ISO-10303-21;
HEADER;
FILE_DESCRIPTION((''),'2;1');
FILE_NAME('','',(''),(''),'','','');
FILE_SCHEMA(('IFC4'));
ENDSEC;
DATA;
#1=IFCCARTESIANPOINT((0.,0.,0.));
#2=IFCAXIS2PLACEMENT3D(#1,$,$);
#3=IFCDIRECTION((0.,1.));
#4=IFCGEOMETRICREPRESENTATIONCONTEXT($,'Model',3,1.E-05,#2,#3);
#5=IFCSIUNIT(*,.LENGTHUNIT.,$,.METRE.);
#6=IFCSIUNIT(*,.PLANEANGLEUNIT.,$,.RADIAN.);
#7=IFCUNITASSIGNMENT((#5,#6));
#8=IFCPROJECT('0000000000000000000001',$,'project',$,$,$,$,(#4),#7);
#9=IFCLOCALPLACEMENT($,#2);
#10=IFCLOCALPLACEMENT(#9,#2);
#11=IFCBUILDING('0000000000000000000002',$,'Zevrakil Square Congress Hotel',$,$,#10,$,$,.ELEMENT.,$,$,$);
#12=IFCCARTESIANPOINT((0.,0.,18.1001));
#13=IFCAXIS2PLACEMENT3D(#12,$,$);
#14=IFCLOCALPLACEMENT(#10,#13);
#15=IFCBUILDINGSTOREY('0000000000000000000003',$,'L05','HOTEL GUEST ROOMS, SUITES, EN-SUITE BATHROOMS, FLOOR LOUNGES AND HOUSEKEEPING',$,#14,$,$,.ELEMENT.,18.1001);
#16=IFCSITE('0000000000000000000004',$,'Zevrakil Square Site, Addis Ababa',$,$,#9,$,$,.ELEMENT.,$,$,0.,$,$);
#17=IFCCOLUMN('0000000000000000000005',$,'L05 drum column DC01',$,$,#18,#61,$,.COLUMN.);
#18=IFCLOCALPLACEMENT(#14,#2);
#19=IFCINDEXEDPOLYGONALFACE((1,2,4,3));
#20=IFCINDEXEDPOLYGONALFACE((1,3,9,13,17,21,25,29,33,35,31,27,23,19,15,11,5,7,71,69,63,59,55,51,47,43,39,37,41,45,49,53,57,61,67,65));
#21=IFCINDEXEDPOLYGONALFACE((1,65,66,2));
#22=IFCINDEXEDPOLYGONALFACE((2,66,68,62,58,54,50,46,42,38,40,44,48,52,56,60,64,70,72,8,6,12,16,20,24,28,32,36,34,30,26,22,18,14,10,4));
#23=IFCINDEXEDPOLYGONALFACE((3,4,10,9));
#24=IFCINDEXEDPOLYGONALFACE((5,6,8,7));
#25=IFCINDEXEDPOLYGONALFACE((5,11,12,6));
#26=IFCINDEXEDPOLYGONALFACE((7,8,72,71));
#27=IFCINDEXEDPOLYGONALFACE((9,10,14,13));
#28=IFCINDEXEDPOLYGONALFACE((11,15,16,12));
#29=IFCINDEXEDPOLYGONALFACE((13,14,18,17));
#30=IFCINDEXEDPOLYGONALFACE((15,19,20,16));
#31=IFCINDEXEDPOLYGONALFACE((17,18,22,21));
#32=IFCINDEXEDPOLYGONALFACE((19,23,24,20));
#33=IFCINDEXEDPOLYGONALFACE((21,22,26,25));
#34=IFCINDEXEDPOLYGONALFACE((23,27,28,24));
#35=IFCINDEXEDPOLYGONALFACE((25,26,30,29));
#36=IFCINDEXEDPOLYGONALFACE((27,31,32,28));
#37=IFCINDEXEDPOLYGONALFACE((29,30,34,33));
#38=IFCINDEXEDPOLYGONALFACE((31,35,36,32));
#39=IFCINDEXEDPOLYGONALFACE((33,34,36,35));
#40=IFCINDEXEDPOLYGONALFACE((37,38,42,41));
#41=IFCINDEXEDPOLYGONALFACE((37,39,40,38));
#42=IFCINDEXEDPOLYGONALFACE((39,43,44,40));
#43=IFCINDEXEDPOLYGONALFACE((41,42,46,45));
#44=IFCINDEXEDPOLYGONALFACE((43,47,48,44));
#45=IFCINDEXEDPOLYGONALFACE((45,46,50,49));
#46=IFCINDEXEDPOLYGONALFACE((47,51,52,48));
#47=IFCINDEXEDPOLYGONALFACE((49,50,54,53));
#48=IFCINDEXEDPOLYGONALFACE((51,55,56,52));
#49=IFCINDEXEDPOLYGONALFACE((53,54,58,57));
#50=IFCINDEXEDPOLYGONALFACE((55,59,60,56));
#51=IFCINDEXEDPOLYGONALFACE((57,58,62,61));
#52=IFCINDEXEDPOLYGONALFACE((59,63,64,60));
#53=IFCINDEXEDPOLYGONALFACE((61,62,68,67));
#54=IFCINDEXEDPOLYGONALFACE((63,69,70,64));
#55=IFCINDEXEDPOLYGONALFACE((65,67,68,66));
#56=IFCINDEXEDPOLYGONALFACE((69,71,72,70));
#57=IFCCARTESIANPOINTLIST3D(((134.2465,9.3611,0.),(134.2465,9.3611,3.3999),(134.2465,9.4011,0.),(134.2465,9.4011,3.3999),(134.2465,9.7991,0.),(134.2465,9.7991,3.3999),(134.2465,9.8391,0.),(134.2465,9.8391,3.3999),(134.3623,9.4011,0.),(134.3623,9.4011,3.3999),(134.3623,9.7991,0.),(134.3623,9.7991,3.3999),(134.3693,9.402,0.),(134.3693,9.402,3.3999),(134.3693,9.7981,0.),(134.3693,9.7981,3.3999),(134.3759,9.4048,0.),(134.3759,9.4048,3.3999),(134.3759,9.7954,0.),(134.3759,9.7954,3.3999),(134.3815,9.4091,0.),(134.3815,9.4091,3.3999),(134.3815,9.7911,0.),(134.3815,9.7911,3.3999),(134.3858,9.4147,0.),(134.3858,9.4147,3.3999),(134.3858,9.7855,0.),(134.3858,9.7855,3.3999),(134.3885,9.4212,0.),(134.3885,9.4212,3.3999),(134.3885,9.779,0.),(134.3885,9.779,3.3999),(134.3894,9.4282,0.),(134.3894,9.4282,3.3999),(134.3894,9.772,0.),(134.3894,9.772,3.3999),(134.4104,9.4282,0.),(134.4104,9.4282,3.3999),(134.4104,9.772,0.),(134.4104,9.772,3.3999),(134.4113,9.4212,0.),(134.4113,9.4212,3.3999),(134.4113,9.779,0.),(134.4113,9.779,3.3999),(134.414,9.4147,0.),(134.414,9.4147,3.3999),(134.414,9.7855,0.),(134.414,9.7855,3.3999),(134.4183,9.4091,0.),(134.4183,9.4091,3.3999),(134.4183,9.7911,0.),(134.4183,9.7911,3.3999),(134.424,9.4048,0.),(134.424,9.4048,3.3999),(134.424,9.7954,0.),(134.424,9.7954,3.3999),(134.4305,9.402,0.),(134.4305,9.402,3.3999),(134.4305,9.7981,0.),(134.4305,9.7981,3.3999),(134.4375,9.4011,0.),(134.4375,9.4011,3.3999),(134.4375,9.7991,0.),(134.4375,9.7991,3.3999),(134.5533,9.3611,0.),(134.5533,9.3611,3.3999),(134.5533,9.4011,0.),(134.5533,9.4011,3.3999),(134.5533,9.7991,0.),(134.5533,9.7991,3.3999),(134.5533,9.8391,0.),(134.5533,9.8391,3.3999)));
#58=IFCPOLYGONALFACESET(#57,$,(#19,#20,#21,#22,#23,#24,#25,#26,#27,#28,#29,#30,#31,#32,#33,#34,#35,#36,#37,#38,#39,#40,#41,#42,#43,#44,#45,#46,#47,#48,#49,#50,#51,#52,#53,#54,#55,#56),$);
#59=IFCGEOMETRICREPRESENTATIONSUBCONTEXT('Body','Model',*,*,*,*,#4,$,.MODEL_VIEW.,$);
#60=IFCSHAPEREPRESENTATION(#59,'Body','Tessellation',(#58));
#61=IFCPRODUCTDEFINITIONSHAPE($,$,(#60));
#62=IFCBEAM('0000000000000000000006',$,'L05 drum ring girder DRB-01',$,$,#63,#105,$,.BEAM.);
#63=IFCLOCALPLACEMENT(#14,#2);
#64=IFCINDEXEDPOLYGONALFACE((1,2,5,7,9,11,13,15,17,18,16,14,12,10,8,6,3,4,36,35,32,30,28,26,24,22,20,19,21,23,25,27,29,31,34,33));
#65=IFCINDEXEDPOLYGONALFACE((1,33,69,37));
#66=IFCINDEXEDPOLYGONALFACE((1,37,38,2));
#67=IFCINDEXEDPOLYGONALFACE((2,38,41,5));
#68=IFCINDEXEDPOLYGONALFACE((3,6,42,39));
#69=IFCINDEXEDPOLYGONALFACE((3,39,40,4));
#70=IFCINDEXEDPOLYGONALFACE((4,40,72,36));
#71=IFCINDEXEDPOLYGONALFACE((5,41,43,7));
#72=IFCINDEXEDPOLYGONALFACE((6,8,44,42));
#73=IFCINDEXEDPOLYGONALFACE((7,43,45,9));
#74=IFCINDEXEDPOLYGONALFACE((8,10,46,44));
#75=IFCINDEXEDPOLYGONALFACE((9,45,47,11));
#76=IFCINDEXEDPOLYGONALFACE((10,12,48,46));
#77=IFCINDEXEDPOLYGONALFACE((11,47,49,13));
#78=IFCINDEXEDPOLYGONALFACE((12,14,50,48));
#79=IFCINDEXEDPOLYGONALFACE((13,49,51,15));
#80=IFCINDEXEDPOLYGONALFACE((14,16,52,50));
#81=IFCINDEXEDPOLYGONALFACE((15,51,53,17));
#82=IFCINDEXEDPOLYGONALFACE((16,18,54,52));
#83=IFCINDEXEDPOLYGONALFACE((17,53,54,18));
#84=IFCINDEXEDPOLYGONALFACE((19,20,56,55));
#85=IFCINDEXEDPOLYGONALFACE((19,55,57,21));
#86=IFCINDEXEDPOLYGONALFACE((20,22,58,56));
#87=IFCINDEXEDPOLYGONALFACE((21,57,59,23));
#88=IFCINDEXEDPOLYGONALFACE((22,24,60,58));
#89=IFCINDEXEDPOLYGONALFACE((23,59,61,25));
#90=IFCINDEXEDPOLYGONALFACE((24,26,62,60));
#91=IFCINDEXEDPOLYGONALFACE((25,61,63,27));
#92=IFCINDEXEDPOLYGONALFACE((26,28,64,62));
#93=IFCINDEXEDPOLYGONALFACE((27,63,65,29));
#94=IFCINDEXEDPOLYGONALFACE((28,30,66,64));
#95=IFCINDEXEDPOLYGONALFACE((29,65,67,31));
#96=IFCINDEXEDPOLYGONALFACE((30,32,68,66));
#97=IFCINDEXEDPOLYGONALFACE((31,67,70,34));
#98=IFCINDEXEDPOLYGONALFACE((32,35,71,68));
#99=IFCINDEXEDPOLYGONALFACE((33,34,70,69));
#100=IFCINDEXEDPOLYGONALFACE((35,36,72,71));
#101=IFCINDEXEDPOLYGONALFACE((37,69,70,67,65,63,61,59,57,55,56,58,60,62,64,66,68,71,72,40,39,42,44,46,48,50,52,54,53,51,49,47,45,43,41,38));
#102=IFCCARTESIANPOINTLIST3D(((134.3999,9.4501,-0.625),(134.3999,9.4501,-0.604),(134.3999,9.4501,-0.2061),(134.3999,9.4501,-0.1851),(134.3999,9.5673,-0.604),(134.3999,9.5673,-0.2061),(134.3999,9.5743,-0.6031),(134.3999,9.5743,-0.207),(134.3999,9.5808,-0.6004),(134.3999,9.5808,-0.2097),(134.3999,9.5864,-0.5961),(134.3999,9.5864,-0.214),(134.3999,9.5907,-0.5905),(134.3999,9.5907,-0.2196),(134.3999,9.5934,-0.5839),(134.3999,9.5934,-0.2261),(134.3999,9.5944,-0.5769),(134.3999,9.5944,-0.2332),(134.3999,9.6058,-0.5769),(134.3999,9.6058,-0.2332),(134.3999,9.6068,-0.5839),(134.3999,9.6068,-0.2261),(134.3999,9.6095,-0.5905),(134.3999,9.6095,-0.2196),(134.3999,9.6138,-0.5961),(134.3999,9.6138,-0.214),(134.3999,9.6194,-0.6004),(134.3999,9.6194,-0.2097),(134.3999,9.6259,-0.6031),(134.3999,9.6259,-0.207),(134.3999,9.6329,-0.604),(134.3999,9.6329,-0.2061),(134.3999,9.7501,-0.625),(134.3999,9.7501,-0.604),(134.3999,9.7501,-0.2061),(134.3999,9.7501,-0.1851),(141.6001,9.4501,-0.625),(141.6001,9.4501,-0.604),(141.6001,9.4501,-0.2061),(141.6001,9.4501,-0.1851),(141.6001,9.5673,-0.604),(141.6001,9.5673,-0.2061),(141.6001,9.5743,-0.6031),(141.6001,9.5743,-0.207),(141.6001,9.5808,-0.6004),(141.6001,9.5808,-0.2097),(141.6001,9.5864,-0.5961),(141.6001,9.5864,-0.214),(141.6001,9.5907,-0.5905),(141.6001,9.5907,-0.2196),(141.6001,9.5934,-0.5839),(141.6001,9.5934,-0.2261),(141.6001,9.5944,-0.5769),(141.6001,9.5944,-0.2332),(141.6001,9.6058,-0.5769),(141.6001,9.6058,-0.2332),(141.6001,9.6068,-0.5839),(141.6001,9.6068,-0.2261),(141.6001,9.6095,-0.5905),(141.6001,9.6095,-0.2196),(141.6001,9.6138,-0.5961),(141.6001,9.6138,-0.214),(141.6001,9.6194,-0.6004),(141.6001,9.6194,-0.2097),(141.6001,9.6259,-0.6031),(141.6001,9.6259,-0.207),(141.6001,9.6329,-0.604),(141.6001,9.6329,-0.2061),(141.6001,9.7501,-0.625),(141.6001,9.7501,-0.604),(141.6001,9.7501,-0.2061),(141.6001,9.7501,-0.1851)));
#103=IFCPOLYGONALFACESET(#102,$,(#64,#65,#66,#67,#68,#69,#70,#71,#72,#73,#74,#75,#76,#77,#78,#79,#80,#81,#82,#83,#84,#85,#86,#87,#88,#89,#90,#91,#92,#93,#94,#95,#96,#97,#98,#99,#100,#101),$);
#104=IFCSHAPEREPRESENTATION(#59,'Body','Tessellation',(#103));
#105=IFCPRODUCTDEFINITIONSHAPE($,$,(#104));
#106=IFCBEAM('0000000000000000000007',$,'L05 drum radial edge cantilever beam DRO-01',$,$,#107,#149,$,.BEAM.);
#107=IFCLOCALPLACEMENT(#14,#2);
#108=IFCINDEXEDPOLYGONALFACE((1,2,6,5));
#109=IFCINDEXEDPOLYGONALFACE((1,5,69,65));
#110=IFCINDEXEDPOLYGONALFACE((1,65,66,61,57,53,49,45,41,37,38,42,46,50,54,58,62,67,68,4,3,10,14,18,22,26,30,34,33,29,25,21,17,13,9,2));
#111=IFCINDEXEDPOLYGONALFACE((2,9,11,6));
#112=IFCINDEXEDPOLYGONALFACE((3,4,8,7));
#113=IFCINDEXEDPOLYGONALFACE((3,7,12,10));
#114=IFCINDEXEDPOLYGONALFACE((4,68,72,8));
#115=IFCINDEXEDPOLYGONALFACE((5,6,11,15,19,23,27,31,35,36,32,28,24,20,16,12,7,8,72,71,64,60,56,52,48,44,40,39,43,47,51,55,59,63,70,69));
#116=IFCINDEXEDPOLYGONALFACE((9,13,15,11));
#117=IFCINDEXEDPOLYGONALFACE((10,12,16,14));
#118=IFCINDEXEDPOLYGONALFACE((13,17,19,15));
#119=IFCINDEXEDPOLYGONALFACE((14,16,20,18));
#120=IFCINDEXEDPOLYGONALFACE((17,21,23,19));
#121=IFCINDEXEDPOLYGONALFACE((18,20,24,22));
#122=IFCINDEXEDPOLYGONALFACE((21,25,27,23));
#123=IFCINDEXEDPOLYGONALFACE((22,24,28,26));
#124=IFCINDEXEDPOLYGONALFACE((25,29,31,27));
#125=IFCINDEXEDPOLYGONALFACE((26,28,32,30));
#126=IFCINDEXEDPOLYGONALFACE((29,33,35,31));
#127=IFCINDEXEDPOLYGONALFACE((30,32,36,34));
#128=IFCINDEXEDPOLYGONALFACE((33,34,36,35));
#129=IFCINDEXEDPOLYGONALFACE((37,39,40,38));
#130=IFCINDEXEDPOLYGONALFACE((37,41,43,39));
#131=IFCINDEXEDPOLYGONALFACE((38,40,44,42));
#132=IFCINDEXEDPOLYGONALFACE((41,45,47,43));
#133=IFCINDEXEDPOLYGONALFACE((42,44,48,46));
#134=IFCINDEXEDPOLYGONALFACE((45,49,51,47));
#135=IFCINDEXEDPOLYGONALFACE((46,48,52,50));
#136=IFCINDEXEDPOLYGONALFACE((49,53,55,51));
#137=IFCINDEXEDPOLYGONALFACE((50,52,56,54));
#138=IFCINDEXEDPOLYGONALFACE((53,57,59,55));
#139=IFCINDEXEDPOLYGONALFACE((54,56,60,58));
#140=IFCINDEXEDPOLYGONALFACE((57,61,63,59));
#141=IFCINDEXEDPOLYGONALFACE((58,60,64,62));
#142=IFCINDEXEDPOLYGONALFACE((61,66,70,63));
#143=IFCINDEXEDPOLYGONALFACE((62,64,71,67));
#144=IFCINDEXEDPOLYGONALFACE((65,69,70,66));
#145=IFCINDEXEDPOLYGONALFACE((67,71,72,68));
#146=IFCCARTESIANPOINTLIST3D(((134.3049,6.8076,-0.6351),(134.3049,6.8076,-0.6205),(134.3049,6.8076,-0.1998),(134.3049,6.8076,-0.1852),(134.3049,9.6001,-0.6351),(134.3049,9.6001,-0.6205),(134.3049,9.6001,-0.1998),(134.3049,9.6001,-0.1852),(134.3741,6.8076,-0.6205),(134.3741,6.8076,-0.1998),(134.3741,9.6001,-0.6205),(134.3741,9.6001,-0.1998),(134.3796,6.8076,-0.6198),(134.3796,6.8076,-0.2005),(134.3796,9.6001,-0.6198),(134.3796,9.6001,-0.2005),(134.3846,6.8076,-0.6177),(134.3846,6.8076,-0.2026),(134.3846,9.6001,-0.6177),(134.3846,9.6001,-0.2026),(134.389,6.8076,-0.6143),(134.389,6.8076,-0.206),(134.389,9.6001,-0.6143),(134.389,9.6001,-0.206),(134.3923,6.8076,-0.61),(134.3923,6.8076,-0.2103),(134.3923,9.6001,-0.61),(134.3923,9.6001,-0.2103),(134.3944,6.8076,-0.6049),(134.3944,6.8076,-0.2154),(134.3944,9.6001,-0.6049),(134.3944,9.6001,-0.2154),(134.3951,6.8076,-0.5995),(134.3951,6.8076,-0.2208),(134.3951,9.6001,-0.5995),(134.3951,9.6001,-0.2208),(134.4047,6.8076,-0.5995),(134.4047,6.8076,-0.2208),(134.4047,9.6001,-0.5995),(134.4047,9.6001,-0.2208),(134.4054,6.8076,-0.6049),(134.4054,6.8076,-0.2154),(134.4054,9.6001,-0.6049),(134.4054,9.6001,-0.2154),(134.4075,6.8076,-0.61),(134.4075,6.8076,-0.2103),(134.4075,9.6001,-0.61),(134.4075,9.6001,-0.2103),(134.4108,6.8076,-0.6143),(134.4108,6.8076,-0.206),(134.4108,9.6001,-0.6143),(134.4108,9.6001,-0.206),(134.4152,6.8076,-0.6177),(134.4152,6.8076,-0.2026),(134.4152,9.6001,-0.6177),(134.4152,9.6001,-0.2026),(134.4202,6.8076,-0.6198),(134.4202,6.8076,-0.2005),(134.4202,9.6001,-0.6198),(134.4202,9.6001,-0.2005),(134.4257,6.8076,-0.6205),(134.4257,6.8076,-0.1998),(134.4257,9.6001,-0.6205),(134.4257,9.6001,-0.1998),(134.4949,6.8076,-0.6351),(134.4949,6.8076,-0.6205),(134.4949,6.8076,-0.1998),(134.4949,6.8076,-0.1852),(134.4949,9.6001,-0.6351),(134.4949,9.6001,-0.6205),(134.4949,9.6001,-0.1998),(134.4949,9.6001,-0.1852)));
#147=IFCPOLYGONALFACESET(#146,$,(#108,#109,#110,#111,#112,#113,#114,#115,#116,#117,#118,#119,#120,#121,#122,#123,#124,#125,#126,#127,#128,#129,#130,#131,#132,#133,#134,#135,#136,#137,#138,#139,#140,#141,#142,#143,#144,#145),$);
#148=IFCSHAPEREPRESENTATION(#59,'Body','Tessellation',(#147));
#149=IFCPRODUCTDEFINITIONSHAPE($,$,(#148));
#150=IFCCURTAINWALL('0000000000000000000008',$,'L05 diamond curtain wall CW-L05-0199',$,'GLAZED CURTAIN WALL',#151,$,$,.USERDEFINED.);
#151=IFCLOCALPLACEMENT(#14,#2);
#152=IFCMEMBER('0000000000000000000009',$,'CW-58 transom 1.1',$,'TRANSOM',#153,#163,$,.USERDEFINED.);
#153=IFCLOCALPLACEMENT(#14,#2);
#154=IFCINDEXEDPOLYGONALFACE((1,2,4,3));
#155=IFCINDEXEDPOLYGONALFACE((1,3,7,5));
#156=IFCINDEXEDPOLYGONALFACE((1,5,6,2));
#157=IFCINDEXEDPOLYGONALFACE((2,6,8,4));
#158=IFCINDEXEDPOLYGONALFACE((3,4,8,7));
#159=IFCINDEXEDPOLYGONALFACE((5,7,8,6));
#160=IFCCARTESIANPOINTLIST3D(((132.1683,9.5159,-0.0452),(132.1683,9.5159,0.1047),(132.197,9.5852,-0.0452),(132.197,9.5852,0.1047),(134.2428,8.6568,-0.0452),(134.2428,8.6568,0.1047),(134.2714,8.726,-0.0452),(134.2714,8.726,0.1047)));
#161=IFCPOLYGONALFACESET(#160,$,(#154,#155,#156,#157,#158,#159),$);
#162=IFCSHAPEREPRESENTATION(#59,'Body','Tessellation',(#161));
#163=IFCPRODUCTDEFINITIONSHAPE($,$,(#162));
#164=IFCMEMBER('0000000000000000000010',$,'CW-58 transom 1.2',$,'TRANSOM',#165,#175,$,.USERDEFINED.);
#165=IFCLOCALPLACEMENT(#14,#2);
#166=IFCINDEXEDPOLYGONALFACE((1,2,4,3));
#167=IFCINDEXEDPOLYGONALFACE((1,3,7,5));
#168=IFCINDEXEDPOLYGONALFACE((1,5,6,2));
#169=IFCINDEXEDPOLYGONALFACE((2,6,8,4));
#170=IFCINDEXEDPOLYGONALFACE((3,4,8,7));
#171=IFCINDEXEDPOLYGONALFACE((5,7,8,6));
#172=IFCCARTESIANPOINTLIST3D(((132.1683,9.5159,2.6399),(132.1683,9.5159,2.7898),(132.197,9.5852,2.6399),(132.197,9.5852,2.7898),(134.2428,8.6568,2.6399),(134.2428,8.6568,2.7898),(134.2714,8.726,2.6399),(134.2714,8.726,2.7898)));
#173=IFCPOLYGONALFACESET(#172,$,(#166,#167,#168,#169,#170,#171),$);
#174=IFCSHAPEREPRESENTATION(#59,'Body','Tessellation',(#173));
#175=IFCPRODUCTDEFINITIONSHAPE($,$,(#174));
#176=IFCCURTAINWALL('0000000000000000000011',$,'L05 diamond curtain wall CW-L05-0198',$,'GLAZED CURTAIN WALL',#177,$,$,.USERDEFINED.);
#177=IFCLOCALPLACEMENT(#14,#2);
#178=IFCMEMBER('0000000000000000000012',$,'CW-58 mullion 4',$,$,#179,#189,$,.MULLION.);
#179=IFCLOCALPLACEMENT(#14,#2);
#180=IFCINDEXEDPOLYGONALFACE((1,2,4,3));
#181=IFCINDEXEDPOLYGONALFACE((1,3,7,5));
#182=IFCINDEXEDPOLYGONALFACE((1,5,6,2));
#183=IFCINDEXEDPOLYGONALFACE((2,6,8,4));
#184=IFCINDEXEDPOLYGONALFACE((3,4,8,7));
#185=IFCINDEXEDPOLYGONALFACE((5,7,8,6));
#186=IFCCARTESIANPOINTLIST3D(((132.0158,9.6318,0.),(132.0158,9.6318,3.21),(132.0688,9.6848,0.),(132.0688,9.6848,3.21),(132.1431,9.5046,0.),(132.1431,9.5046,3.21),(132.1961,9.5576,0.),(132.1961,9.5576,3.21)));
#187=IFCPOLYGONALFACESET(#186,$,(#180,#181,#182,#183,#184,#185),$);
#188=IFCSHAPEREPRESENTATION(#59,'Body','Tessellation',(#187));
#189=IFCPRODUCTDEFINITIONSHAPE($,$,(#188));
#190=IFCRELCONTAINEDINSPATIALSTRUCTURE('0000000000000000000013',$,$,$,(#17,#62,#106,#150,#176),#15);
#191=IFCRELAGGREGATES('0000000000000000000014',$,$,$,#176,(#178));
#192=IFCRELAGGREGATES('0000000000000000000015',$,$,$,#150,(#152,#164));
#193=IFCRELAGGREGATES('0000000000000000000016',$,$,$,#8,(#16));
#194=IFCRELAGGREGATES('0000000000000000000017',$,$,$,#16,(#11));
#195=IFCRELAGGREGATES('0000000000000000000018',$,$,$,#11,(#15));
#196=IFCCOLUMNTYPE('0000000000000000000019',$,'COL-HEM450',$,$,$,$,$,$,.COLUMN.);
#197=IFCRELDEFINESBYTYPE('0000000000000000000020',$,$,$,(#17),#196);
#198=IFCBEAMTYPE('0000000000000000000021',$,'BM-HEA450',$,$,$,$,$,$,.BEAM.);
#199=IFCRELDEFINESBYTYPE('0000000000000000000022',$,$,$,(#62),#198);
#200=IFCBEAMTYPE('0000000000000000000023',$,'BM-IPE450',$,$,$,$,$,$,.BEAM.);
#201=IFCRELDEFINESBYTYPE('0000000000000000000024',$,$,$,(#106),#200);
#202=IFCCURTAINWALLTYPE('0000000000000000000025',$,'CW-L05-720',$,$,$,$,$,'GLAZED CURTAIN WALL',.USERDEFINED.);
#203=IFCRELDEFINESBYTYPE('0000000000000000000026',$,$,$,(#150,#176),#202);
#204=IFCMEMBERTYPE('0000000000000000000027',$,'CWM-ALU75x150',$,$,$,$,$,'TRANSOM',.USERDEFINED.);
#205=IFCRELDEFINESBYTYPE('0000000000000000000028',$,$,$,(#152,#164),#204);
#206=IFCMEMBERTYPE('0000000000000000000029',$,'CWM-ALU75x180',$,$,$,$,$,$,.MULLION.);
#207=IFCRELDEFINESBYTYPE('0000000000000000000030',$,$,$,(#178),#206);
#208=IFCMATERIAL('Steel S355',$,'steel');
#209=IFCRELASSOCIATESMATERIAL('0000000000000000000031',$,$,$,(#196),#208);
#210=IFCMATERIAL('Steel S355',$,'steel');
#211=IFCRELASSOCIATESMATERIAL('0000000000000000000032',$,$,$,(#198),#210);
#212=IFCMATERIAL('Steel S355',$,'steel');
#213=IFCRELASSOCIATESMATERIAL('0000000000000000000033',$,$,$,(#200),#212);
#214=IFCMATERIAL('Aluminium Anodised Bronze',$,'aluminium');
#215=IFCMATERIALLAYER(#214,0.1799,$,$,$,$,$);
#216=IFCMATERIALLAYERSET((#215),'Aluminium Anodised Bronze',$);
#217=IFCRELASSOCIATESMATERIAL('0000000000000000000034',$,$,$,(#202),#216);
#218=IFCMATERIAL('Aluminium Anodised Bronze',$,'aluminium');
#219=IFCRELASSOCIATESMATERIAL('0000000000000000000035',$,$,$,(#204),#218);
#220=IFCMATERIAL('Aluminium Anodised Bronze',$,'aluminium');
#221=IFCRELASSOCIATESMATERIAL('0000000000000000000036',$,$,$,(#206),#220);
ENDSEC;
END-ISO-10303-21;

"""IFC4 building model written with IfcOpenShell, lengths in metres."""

from ifc_helpers import new_model, si_unit, direction, frame, origin, origin_2d, place, context, subcontext, project, spatial, rectangle, i_section, extrude, material, layer, layer_set, material_profile, profile_set, type_object, element, aggregate, save


model = new_model("IFC4")

# Units and contexts
model_context = context("Model", 3, precision=1e-05, world=origin(), true_north=direction((0.0, 1.0)))
body_context = subcontext(model_context, "Body", "Model", "MODEL_VIEW")
ifc_project = project(units=[si_unit("LENGTHUNIT", "METRE"), si_unit("PLANEANGLEUNIT", "RADIAN")], contexts=[model_context])

# Site, building, storey
site_placement = place(None, origin())
site = spatial("IfcSite", under=ifc_project, at=site_placement, Name="Zevrakil Square Site, Addis Ababa", CompositionType="ELEMENT", RefElevation=0.0)
building_placement = place(site_placement, origin())
building = spatial("IfcBuilding", under=site, at=building_placement, Name="Zevrakil Square Congress Hotel", CompositionType="ELEMENT")
storey_placement = place(building_placement, frame((0.0, 0.0, 18.1001)))
storey = spatial("IfcBuildingStorey", under=building, at=storey_placement, Name="L05", Description="HOTEL GUEST ROOMS, SUITES, EN-SUITE BATHROOMS, FLOOR LOUNGES AND HOUSEKEEPING", CompositionType="ELEMENT", Elevation=18.1001)

# Column
ifc_material_1 = material(Name="Steel S355", Category="steel")
ifc_material_profile_1 = material_profile(ifc_material_1, i_section(OverallWidth=0.3069, OverallDepth=0.478, WebThickness=0.021, FlangeThickness=0.04, FilletRadius=0.0271, at=origin_2d()), Name="HEM 450")
ifc_profile_set_1 = profile_set([ifc_material_profile_1], Name="Steel S355")
column_type = type_object("IfcColumnType", Name="COL-HEM450", PredefinedType="COLUMN", material=ifc_profile_set_1)
column_placement = place(storey_placement, frame((134.3999, 9.6001, 0.0), z_axis=(0.0, 0.0, 1.0), x_axis=(1.0, 0.0, 0.0)))
element("IfcColumn", 1, at=column_placement, inside=storey, type_object=column_type, Name="L05 drum column DC01", PredefinedType="COLUMN", context=body_context, shape_type="SweptSolid", body=[
    extrude(i_section(OverallWidth=0.3069, OverallDepth=0.478, WebThickness=0.021, FlangeThickness=0.04, FilletRadius=0.0271, at=origin_2d()), origin(), (0.0, 0.0, 1.0), 3.3999),
])

# Beams
ifc_material_2 = material(Name="Steel S355", Category="steel")
ifc_material_profile_2 = material_profile(ifc_material_2, i_section(OverallWidth=0.3, OverallDepth=0.4399, WebThickness=0.0115, FlangeThickness=0.021, FilletRadius=0.0271, at=origin_2d()), Name="HEA 450")
ifc_profile_set_2 = profile_set([ifc_material_profile_2], Name="Steel S355")
beam_type_1 = type_object("IfcBeamType", Name="BM-HEA450", PredefinedType="BEAM", material=ifc_profile_set_2)
beam_1_placement = place(storey_placement, frame((134.3999, 9.6001, -0.405), z_axis=(1.0, 0.0, 0.0), x_axis=(0.0, 1.0, 0.0)))
element("IfcBeam", 2, at=beam_1_placement, inside=storey, type_object=beam_type_1, Name="L05 drum ring girder DRB-01", PredefinedType="BEAM", context=body_context, shape_type="SweptSolid", body=[
    extrude(i_section(OverallWidth=0.3, OverallDepth=0.4399, WebThickness=0.0115, FlangeThickness=0.021, FilletRadius=0.0271, at=origin_2d()), origin(), (0.0, 0.0, 1.0), 7.2002),
])
ifc_material_3 = material(Name="Steel S355", Category="steel")
ifc_material_profile_3 = material_profile(ifc_material_3, i_section(OverallWidth=0.1899, OverallDepth=0.45, WebThickness=0.0095, FlangeThickness=0.0146, FilletRadius=0.021, at=origin_2d()), Name="IPE 450")
ifc_profile_set_3 = profile_set([ifc_material_profile_3], Name="Steel S355")
beam_type_2 = type_object("IfcBeamType", Name="BM-IPE450", PredefinedType="BEAM", material=ifc_profile_set_3)
beam_2_placement = place(storey_placement, frame((134.3999, 9.6001, -0.4102), z_axis=(0.0, -1.0, 0.0), x_axis=(1.0, 0.0, 0.0)))
element("IfcBeam", 3, at=beam_2_placement, inside=storey, type_object=beam_type_2, Name="L05 drum radial edge cantilever beam DRO-01", PredefinedType="BEAM", context=body_context, shape_type="SweptSolid", body=[
    extrude(i_section(OverallWidth=0.1899, OverallDepth=0.45, WebThickness=0.0095, FlangeThickness=0.0146, FilletRadius=0.021, at=origin_2d()), origin(), (0.0, 0.0, 1.0), 2.7925),
])

# Curtain wall, members
ifc_material_4 = material(Name="Aluminium Anodised Bronze", Category="aluminium")
ifc_layer_1 = layer(ifc_material_4, 0.1799)
ifc_layer_set_1 = layer_set([ifc_layer_1], Name="Aluminium Anodised Bronze")
curtain_wall_type = type_object("IfcCurtainWallType", Name="CW-L05-720", ElementType="GLAZED CURTAIN WALL", PredefinedType="USERDEFINED", material=ifc_layer_set_1)
curtain_wall_1_placement = place(storey_placement, origin())
curtain_wall_1 = element("IfcCurtainWall", 4, at=curtain_wall_1_placement, inside=storey, type_object=curtain_wall_type, Name="L05 diamond curtain wall CW-L05-0199", ObjectType="GLAZED CURTAIN WALL", PredefinedType="USERDEFINED")
ifc_material_5 = material(Name="Aluminium Anodised Bronze", Category="aluminium")
ifc_material_profile_4 = material_profile(ifc_material_5, rectangle(XDim=0.075, YDim=0.1499, at=origin_2d()), Name="ALU 75x150")
ifc_profile_set_4 = profile_set([ifc_material_profile_4], Name="Aluminium Anodised Bronze")
member_type_1 = type_object("IfcMemberType", Name="CWM-ALU75x150", ElementType="TRANSOM", PredefinedType="USERDEFINED", material=ifc_profile_set_4)
member_1_placement = place(storey_placement, frame((132.1826, 9.5505, 0.0298), z_axis=(0.923902, -0.38263, 0.0), x_axis=(0.38263, 0.923902, 0.0)))
member_1 = element("IfcMember", 5, at=member_1_placement, type_object=member_type_1, Name="CW-58 transom 1.1", ObjectType="TRANSOM", PredefinedType="USERDEFINED", context=body_context, shape_type="SweptSolid", body=[
    extrude(rectangle(XDim=0.075, YDim=0.1499, at=origin_2d()), origin(), (0.0, 0.0, 1.0), 2.2454),
])
member_2_placement = place(storey_placement, frame((132.1826, 9.5505, 2.7148), z_axis=(0.923902, -0.38263, 0.0), x_axis=(0.38263, 0.923902, 0.0)))
member_2 = element("IfcMember", 6, at=member_2_placement, type_object=member_type_1, Name="CW-58 transom 1.2", ObjectType="TRANSOM", PredefinedType="USERDEFINED", context=body_context, shape_type="SweptSolid", body=[
    extrude(rectangle(XDim=0.075, YDim=0.1499, at=origin_2d()), origin(), (0.0, 0.0, 1.0), 2.2454),
])

# Curtain wall, member
curtain_wall_2_placement = place(storey_placement, origin())
curtain_wall_2 = element("IfcCurtainWall", 7, at=curtain_wall_2_placement, inside=storey, type_object=curtain_wall_type, Name="L05 diamond curtain wall CW-L05-0198", ObjectType="GLAZED CURTAIN WALL", PredefinedType="USERDEFINED")
ifc_material_6 = material(Name="Aluminium Anodised Bronze", Category="aluminium")
ifc_material_profile_5 = material_profile(ifc_material_6, rectangle(XDim=0.075, YDim=0.1799, at=origin_2d()), Name="ALU 75x180")
ifc_profile_set_5 = profile_set([ifc_material_profile_5], Name="Aluminium Anodised Bronze")
member_type_2 = type_object("IfcMemberType", Name="CWM-ALU75x180", PredefinedType="MULLION", material=ifc_profile_set_5)
member_3_placement = place(storey_placement, frame((132.106, 9.5947, 0.0), z_axis=(0.0, 0.0, 1.0), x_axis=(0.707107, 0.707107, 0.0)))
member_3 = element("IfcMember", 8, at=member_3_placement, type_object=member_type_2, Name="CW-58 mullion 4", PredefinedType="MULLION", context=body_context, shape_type="SweptSolid", body=[
    extrude(rectangle(XDim=0.075, YDim=0.1799, at=origin_2d()), origin(), (0.0, 0.0, 1.0), 3.21),
])
aggregate(curtain_wall_2, [member_3])

aggregate(curtain_wall_1, [member_1, member_2])

save(model, "model.ifc")
